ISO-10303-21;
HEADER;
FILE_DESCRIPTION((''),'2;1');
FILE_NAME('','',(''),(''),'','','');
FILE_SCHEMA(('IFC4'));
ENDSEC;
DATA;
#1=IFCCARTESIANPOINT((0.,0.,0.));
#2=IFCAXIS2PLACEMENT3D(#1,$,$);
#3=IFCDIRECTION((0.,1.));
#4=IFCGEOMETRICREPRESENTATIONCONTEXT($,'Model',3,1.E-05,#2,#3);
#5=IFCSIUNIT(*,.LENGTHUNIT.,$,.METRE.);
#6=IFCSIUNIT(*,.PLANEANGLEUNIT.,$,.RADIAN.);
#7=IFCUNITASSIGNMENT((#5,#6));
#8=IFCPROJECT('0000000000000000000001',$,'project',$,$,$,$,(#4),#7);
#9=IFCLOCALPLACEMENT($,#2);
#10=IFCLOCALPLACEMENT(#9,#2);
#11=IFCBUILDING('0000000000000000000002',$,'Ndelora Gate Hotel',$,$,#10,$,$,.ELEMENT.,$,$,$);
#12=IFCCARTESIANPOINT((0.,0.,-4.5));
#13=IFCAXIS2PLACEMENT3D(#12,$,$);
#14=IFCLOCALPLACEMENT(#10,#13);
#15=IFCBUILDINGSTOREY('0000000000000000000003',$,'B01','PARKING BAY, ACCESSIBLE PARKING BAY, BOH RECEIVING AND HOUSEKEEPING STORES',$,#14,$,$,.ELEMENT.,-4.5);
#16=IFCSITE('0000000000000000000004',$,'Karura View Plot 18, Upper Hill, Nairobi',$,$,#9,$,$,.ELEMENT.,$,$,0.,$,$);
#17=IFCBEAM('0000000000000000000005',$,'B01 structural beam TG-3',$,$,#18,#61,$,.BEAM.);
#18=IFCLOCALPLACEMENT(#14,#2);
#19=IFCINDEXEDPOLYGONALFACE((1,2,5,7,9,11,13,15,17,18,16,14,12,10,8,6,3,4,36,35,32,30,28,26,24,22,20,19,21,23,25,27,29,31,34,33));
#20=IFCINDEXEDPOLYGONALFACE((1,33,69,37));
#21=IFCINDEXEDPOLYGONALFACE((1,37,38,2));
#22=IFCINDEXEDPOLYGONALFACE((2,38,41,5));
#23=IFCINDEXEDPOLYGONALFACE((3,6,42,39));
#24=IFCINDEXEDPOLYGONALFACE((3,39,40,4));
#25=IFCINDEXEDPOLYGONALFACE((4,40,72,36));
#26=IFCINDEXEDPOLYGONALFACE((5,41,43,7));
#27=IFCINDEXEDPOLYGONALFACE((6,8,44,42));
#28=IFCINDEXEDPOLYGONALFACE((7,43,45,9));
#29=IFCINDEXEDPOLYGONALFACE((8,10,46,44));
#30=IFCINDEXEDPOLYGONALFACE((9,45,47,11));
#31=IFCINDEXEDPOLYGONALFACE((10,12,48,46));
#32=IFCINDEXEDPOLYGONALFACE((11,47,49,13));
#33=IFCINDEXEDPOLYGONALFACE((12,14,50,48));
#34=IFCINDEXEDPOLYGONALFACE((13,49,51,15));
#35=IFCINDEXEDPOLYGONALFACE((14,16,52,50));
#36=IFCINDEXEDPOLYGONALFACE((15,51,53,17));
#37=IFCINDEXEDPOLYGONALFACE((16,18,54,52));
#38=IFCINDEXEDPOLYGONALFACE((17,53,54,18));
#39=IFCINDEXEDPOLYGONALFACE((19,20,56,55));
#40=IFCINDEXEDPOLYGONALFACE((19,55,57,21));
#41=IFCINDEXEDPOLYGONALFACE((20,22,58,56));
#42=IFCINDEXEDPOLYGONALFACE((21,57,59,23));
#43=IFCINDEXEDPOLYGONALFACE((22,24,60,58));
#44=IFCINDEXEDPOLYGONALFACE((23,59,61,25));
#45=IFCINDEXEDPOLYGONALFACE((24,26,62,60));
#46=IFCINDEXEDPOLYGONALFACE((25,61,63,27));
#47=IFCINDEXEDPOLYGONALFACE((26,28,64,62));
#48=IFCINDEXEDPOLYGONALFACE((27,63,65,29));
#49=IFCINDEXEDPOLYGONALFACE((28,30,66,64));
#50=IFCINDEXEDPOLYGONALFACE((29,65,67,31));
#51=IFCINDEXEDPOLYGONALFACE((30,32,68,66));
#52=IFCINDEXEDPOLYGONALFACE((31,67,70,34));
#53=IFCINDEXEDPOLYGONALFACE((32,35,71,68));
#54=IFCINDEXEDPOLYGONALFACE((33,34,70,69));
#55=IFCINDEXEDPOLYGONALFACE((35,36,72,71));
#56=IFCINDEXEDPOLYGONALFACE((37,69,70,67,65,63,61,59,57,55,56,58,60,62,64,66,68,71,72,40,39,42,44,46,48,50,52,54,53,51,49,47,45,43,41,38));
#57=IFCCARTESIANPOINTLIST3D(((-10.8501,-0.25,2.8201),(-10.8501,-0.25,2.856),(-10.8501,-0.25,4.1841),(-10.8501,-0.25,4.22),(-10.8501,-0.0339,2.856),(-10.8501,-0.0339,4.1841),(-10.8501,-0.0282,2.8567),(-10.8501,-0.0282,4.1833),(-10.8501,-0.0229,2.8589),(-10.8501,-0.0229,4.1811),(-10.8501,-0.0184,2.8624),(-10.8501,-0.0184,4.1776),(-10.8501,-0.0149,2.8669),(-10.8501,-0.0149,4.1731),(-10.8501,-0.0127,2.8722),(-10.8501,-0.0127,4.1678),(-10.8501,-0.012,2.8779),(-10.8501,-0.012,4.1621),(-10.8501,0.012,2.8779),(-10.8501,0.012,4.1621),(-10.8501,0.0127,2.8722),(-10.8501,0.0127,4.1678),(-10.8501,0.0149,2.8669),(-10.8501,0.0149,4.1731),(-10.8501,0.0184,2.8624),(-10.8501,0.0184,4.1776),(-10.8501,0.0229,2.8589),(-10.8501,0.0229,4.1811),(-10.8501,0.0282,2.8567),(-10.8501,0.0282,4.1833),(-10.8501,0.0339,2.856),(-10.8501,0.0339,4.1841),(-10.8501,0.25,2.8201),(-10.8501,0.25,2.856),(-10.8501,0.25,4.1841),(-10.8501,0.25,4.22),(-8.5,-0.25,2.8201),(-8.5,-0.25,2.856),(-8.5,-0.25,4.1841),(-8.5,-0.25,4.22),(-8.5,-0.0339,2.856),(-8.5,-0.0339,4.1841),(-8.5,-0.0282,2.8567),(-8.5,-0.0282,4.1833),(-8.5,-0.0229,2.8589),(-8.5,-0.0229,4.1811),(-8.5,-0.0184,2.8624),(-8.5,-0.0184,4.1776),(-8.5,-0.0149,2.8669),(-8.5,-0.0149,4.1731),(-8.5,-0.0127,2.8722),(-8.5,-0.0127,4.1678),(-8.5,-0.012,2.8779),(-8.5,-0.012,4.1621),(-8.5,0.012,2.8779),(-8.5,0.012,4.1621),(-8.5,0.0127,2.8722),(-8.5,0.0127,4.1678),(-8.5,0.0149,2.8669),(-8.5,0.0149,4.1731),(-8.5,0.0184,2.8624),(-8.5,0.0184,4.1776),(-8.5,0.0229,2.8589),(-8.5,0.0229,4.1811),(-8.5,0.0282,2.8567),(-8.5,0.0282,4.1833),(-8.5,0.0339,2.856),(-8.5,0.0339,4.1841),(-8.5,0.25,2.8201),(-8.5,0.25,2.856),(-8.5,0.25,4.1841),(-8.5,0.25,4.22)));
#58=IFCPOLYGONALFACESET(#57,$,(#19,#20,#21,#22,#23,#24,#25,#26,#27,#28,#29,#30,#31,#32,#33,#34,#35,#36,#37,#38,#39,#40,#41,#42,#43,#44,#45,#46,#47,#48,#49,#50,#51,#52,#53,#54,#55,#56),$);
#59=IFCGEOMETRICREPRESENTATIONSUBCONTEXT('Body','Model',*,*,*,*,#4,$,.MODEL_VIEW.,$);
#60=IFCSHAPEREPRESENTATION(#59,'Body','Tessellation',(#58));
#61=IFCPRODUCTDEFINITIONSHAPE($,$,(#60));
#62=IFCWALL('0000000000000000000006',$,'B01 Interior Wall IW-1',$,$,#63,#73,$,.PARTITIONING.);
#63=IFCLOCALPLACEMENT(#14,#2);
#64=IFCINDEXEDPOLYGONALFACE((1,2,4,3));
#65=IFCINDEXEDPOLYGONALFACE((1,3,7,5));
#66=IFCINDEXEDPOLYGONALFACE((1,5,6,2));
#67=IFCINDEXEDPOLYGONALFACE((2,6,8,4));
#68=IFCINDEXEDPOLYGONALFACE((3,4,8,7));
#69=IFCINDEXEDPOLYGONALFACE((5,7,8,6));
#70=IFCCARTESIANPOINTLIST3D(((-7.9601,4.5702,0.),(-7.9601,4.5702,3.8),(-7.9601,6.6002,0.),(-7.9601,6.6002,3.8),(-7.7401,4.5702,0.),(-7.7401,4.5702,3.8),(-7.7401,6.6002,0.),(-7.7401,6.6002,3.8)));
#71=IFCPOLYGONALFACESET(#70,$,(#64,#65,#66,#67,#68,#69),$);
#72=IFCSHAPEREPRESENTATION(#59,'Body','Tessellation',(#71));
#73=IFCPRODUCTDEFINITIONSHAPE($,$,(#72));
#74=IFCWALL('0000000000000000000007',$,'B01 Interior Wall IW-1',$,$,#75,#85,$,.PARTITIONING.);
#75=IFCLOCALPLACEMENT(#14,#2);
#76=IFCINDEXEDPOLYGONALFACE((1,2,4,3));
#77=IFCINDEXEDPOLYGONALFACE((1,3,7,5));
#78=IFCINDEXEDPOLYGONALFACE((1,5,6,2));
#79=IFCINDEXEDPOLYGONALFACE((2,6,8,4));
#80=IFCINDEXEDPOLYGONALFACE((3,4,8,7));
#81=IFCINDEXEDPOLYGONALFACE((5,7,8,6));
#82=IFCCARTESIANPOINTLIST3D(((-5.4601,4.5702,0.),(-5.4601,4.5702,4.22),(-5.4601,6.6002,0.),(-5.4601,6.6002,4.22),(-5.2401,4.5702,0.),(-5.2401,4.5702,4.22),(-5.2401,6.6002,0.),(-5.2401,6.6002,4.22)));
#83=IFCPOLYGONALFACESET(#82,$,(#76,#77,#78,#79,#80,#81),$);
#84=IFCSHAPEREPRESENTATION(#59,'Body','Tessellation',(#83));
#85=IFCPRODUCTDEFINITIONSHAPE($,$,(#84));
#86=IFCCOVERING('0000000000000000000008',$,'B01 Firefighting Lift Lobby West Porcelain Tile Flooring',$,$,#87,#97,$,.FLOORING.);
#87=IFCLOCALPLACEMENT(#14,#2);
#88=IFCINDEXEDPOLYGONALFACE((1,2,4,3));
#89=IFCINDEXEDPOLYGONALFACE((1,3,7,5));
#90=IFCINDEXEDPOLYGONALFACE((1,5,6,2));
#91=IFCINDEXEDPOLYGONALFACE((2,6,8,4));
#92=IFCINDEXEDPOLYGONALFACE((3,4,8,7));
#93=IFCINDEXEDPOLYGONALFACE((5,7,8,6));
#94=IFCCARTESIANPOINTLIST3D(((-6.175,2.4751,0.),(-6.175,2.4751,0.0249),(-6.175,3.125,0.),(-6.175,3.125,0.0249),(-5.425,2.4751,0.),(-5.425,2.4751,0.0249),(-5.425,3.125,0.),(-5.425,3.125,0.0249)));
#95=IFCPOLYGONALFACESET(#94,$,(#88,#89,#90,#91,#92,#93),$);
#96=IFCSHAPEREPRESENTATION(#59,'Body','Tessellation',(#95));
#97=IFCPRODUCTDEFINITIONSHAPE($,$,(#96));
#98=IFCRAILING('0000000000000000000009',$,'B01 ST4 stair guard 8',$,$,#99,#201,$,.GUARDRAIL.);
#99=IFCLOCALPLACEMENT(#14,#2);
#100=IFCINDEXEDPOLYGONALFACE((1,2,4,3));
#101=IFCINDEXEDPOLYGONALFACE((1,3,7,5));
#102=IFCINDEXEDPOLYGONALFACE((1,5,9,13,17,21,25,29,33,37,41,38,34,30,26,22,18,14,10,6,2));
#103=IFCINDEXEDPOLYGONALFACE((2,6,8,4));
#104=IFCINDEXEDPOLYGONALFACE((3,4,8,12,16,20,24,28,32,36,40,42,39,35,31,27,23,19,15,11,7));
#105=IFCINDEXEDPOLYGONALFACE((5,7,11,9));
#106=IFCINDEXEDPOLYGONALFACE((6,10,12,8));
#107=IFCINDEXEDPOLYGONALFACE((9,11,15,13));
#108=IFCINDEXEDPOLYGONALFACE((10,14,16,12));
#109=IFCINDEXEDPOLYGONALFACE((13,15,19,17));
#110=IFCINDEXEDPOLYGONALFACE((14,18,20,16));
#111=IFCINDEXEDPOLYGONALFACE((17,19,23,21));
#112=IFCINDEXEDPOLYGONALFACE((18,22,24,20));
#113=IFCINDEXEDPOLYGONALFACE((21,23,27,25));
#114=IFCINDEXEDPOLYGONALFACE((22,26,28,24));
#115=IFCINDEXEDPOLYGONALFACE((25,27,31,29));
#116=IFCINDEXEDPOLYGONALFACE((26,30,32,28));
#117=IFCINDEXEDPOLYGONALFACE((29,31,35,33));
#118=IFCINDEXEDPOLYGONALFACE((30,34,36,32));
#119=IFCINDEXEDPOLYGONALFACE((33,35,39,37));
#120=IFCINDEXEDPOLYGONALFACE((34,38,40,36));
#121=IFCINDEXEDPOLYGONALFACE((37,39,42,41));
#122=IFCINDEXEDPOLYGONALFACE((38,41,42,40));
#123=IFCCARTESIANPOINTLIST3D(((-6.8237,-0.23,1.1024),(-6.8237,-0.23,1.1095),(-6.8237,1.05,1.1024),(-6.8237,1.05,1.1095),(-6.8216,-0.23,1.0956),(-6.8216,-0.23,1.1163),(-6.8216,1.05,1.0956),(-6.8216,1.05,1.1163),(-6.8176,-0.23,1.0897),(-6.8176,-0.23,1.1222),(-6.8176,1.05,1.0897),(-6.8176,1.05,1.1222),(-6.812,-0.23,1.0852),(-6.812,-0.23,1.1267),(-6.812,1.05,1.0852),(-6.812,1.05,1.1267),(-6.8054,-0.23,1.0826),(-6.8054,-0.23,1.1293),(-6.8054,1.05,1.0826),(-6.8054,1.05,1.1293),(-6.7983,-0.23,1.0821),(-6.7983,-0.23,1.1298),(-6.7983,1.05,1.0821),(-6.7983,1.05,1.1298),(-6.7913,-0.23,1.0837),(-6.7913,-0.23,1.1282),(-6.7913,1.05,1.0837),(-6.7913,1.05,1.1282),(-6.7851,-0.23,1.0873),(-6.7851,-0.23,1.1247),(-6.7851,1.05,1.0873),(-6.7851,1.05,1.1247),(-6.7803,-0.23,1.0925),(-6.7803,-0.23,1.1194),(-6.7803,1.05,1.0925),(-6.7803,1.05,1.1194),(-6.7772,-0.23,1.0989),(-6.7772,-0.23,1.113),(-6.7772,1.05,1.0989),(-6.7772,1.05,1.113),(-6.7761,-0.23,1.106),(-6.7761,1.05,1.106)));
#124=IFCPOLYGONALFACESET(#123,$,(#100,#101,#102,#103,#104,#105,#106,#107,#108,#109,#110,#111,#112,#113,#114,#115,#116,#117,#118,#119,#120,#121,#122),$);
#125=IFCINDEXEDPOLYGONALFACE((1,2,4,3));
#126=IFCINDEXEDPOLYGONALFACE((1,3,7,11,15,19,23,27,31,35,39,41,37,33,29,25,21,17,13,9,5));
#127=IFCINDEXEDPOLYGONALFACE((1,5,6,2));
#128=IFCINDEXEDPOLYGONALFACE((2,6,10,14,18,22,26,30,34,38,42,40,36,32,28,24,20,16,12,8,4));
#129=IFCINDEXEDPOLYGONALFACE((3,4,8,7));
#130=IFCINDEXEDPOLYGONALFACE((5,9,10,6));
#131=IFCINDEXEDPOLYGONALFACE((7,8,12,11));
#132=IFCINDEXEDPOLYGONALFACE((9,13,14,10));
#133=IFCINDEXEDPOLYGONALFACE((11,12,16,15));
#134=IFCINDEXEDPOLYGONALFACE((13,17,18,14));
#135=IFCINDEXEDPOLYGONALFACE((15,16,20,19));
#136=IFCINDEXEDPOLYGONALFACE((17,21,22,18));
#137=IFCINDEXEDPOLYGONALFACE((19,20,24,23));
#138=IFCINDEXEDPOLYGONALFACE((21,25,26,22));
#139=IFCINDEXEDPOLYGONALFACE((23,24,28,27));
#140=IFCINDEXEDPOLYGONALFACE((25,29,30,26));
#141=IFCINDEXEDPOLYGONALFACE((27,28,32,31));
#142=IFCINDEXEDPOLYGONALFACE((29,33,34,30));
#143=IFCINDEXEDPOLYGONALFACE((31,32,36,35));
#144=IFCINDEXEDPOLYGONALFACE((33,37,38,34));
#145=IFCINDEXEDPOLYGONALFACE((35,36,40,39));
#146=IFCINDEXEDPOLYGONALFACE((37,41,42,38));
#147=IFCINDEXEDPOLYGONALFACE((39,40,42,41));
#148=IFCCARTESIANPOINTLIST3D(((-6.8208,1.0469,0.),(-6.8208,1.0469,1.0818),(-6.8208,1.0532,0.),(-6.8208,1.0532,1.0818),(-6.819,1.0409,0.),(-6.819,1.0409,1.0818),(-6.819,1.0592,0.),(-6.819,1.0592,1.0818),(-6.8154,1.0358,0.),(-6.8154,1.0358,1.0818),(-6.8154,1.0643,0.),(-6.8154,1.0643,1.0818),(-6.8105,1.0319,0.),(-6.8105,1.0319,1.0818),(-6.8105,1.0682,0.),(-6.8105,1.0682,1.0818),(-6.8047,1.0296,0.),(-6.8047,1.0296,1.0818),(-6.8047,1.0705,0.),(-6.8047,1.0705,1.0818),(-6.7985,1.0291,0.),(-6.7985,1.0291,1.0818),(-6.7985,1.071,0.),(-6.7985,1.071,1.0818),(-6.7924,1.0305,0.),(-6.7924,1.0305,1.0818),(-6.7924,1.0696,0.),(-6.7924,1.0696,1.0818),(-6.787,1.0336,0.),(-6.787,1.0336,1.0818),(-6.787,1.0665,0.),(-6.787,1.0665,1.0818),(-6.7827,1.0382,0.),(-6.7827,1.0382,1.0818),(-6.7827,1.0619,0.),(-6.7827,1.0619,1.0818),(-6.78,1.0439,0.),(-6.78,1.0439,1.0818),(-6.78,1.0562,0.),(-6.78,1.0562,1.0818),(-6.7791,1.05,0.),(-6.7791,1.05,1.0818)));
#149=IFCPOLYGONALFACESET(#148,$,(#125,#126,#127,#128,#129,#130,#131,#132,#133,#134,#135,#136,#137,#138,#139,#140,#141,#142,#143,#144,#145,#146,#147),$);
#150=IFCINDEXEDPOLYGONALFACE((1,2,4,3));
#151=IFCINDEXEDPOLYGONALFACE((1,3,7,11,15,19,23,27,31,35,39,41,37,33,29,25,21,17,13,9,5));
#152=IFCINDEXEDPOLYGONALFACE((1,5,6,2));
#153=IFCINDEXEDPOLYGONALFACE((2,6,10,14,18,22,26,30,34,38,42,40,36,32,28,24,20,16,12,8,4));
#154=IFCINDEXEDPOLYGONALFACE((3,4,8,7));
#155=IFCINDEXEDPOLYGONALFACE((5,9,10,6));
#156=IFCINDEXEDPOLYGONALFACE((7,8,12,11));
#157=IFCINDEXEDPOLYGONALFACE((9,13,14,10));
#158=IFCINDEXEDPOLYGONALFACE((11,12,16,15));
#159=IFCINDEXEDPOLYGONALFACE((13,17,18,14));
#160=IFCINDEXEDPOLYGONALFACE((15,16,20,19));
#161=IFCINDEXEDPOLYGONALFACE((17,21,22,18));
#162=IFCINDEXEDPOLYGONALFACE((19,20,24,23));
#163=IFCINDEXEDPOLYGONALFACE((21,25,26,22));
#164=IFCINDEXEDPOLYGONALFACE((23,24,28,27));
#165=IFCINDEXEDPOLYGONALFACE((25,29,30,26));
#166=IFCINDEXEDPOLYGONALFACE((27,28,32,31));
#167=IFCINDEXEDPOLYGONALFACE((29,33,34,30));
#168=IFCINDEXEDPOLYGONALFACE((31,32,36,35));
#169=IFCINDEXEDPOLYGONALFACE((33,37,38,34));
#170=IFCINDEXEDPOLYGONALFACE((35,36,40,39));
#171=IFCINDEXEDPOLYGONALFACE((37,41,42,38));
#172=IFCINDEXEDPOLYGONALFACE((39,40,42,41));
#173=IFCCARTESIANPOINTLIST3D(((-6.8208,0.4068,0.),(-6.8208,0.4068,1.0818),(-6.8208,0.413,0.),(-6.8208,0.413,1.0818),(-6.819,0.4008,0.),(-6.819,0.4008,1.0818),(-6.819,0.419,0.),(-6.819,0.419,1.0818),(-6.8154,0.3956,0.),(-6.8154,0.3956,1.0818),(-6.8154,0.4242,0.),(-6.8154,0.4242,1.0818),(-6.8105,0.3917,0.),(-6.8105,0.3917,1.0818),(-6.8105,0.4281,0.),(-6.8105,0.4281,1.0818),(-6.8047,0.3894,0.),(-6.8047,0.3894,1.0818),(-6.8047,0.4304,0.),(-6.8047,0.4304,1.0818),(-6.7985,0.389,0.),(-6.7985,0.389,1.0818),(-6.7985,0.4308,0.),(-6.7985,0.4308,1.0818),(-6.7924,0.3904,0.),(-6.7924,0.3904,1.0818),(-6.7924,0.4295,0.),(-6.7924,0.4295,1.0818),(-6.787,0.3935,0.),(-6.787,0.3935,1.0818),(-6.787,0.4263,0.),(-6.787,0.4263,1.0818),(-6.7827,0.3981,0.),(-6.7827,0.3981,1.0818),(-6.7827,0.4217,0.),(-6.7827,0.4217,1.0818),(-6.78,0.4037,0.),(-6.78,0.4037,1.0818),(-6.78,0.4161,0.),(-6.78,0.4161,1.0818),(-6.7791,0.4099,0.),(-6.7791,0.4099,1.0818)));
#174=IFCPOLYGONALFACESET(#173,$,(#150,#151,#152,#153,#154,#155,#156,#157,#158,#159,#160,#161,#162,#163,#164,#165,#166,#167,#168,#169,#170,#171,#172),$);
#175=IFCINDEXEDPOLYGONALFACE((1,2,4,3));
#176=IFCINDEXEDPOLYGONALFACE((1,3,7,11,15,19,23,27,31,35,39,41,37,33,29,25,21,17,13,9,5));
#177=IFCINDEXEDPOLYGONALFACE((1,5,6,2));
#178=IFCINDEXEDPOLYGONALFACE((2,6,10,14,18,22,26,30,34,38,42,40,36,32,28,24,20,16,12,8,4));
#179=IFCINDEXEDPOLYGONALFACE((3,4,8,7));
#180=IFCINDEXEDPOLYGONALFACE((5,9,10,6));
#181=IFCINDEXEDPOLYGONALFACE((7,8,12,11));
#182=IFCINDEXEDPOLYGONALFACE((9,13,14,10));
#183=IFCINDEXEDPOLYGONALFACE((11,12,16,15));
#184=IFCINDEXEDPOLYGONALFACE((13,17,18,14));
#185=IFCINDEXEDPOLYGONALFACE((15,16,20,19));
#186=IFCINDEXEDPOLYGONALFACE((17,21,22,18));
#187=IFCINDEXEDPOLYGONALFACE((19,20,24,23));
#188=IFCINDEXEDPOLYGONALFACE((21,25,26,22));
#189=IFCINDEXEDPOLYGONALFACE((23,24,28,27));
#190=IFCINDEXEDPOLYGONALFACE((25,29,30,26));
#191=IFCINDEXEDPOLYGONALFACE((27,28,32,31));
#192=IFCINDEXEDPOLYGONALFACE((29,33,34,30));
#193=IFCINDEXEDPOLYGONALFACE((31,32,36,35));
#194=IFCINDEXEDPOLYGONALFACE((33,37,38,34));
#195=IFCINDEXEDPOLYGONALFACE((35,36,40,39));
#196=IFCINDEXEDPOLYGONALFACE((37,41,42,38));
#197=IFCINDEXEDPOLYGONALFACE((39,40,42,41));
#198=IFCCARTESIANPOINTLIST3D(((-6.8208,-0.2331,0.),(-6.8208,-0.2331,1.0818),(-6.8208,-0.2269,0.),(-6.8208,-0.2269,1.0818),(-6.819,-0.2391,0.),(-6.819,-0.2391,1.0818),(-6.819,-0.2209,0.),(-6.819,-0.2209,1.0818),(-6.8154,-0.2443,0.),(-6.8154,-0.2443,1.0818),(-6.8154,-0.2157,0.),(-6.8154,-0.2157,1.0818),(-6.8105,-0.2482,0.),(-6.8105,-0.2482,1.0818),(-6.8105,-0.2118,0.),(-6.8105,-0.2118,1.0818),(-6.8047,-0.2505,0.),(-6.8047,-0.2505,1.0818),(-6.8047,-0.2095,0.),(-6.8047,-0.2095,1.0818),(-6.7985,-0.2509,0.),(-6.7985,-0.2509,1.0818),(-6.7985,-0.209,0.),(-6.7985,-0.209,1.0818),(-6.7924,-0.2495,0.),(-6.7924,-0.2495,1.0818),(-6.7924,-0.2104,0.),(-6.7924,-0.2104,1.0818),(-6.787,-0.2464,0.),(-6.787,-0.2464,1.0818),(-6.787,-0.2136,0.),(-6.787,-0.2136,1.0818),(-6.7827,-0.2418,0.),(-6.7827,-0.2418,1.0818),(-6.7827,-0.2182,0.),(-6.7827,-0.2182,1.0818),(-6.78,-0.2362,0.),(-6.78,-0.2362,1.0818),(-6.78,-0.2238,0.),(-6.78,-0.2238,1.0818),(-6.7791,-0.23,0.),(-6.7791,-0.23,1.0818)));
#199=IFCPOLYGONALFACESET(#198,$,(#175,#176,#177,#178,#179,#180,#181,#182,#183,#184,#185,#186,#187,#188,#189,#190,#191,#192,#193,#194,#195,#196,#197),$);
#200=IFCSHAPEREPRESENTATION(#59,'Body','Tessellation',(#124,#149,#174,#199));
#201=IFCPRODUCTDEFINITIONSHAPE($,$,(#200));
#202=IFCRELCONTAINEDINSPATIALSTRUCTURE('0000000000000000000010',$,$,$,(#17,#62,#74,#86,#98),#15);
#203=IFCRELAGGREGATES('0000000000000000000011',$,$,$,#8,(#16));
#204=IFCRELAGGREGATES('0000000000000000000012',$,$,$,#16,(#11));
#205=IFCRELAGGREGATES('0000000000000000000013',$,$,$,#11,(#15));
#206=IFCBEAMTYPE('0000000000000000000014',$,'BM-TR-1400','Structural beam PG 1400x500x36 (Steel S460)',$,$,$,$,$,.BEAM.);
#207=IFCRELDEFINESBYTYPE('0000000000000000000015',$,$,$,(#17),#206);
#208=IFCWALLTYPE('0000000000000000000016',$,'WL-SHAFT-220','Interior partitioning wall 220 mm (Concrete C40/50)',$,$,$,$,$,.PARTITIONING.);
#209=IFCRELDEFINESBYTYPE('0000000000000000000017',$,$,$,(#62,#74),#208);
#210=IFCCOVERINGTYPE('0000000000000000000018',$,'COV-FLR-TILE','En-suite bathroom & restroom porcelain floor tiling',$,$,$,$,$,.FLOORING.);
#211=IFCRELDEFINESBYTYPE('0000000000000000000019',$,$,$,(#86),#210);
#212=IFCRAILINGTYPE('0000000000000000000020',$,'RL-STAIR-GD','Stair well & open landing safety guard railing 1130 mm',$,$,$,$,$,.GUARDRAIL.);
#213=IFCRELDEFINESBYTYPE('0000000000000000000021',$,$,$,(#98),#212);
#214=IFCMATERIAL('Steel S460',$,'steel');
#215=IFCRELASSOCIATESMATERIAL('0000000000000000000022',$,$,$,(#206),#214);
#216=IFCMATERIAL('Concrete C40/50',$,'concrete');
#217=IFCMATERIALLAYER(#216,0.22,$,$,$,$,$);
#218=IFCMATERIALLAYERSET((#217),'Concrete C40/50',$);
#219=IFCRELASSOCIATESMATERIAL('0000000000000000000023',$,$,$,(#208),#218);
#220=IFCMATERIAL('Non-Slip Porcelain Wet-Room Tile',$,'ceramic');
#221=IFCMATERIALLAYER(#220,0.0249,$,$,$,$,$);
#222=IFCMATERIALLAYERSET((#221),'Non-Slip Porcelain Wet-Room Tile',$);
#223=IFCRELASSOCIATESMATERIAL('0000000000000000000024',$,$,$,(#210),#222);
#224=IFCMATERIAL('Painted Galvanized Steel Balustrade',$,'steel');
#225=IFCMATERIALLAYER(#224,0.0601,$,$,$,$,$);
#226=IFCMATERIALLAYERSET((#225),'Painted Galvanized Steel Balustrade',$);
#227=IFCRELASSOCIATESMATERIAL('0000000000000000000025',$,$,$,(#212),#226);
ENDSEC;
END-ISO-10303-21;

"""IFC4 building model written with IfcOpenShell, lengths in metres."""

from ifc_helpers import new_model, si_unit, direction, frame, frame_2d, origin, origin_2d, place, context, subcontext, project, spatial, rectangle, circle, i_section, extrude, material, layer, layer_set, material_profile, profile_set, type_object, element, save


model = new_model("IFC4")

# Units and contexts
model_context = context("Model", 3, precision=1e-05, world=origin(), true_north=direction((0.0, 1.0)))
body_context = subcontext(model_context, "Body", "Model", "MODEL_VIEW")
ifc_project = project(units=[si_unit("LENGTHUNIT", "METRE"), si_unit("PLANEANGLEUNIT", "RADIAN")], contexts=[model_context])

# Site, building, storey
site_placement = place(None, origin())
site = spatial("IfcSite", under=ifc_project, at=site_placement, Name="Karura View Plot 18, Upper Hill, Nairobi", CompositionType="ELEMENT", RefElevation=0.0)
building_placement = place(site_placement, origin())
building = spatial("IfcBuilding", under=site, at=building_placement, Name="Ndelora Gate Hotel", CompositionType="ELEMENT")
storey_placement = place(building_placement, frame((0.0, 0.0, -4.5)))
storey = spatial("IfcBuildingStorey", under=building, at=storey_placement, Name="B01", Description="PARKING BAY, ACCESSIBLE PARKING BAY, BOH RECEIVING AND HOUSEKEEPING STORES", CompositionType="ELEMENT", Elevation=-4.5)

# Beam
ifc_material_1 = material(Name="Concrete C40/50", Category="concrete")
ifc_material_2 = material(Name="Steel S460", Category="steel")
ifc_material_profile_1 = material_profile(ifc_material_2, i_section(OverallWidth=0.5, OverallDepth=1.3999, WebThickness=0.0239, FlangeThickness=0.0359, FilletRadius=0.022, at=origin_2d()), Name="PG 1400x500x36")
ifc_profile_set_1 = profile_set([ifc_material_profile_1], Name="Steel S460")
beam_type_1 = type_object("IfcBeamType", Name="BM-TR-1400", Description="Structural beam PG 1400x500x36 (Steel S460)", PredefinedType="BEAM", material=ifc_profile_set_1)
beam_1_placement = place(storey_placement, frame((-10.8501, 0.0, 3.52), z_axis=(1.0, 0.0, 0.0), x_axis=(0.0, 1.0, 0.0)))
element("IfcBeam", 1, at=beam_1_placement, inside=storey, type_object=beam_type_1, Name="B01 structural beam TG-3", PredefinedType="BEAM", context=body_context, shape_type="SweptSolid", body=[
    extrude(i_section(OverallWidth=0.5, OverallDepth=1.3999, WebThickness=0.0239, FlangeThickness=0.0359, FilletRadius=0.022, at=origin_2d()), origin(), (0.0, 0.0, 1.0), 2.3501),
])

# Shared definitions
ifc_layer_1 = layer(ifc_material_1, 0.22)
ifc_layer_set_1 = layer_set([ifc_layer_1], Name="Concrete C40/50")
wall_type_1 = type_object("IfcWallType", Name="WL-SHAFT-220", Description="Interior partitioning wall 220 mm (Concrete C40/50)", PredefinedType="PARTITIONING", material=ifc_layer_set_1)

# Walls
wall_1_placement = place(storey_placement, frame((-7.8501, 4.5701, 0.0), z_axis=(0.0, 0.0, 1.0), x_axis=(0.0, 1.0, 0.0)))
element("IfcWall", 2, at=wall_1_placement, inside=storey, type_object=wall_type_1, Name="B01 Interior Wall IW-1", PredefinedType="PARTITIONING", context=body_context, shape_type="SweptSolid", body=[
    extrude(rectangle(XDim=2.03, YDim=0.22, at=frame_2d((1.0151, 0.0))), origin(), (0.0, 0.0, 1.0), 3.8),
])
wall_2_placement = place(storey_placement, frame((-5.3501, 4.5701, 0.0), z_axis=(0.0, 0.0, 1.0), x_axis=(0.0, 1.0, 0.0)))
element("IfcWall", 3, at=wall_2_placement, inside=storey, type_object=wall_type_1, Name="B01 Interior Wall IW-1", PredefinedType="PARTITIONING", context=body_context, shape_type="SweptSolid", body=[
    extrude(rectangle(XDim=2.03, YDim=0.22, at=frame_2d((1.0151, 0.0))), origin(), (0.0, 0.0, 1.0), 4.22),
])

# Covering
ifc_material_3 = material(Name="Non-Slip Porcelain Wet-Room Tile", Category="ceramic")
ifc_layer_2 = layer(ifc_material_3, 0.0249)
ifc_layer_set_2 = layer_set([ifc_layer_2], Name="Non-Slip Porcelain Wet-Room Tile")
covering_type = type_object("IfcCoveringType", Name="COV-FLR-TILE", Description="En-suite bathroom & restroom porcelain floor tiling", PredefinedType="FLOORING", material=ifc_layer_set_2)
covering_placement = place(storey_placement, frame((-5.8, 2.8, 0.0), z_axis=(0.0, 0.0, 1.0), x_axis=(1.0, 0.0, 0.0)))
element("IfcCovering", 4, at=covering_placement, inside=storey, type_object=covering_type, Name="B01 Firefighting Lift Lobby West Porcelain Tile Flooring", PredefinedType="FLOORING", context=body_context, shape_type="SweptSolid", body=[
    extrude(rectangle(XDim=0.75, YDim=0.6499, at=origin_2d()), origin(), (0.0, 0.0, 1.0), 0.0249),
])

# Railing
ifc_material_4 = material(Name="Painted Galvanized Steel Balustrade", Category="steel")
ifc_layer_3 = layer(ifc_material_4, 0.0601)
ifc_layer_set_3 = layer_set([ifc_layer_3], Name="Painted Galvanized Steel Balustrade")
railing_type = type_object("IfcRailingType", Name="RL-STAIR-GD", Description="Stair well & open landing safety guard railing 1130 mm", PredefinedType="GUARDRAIL", material=ifc_layer_set_3)
for number, where, name in (
    (5, (-6.8, 1.05, 0.0), "B01 ST4 stair guard 8"),
):
    element("IfcRailing", number, at=place(storey_placement, frame(where)), inside=storey, type_object=railing_type, Name=name, PredefinedType="GUARDRAIL", context=body_context, shape_type="SweptSolid", body=[
        extrude(circle(Radius=0.0239, at=origin_2d()), frame((0.0, 0.0, 1.106), z_axis=(0.0, -1.0, 0.0), x_axis=(1.0, 0.0, 0.0)), (0.0, 0.0, 1.0), 1.28),
        extrude(circle(Radius=0.021, at=origin_2d()), origin(), (0.0, 0.0, 1.0), 1.0818),
        extrude(circle(Radius=0.021, at=origin_2d()), frame((0.0, -0.6401, 0.0)), (0.0, 0.0, 1.0), 1.0818),
        extrude(circle(Radius=0.021, at=origin_2d()), frame((0.0, -1.28, 0.0)), (0.0, 0.0, 1.0), 1.0818),
    ])

save(model, "model.ifc")
